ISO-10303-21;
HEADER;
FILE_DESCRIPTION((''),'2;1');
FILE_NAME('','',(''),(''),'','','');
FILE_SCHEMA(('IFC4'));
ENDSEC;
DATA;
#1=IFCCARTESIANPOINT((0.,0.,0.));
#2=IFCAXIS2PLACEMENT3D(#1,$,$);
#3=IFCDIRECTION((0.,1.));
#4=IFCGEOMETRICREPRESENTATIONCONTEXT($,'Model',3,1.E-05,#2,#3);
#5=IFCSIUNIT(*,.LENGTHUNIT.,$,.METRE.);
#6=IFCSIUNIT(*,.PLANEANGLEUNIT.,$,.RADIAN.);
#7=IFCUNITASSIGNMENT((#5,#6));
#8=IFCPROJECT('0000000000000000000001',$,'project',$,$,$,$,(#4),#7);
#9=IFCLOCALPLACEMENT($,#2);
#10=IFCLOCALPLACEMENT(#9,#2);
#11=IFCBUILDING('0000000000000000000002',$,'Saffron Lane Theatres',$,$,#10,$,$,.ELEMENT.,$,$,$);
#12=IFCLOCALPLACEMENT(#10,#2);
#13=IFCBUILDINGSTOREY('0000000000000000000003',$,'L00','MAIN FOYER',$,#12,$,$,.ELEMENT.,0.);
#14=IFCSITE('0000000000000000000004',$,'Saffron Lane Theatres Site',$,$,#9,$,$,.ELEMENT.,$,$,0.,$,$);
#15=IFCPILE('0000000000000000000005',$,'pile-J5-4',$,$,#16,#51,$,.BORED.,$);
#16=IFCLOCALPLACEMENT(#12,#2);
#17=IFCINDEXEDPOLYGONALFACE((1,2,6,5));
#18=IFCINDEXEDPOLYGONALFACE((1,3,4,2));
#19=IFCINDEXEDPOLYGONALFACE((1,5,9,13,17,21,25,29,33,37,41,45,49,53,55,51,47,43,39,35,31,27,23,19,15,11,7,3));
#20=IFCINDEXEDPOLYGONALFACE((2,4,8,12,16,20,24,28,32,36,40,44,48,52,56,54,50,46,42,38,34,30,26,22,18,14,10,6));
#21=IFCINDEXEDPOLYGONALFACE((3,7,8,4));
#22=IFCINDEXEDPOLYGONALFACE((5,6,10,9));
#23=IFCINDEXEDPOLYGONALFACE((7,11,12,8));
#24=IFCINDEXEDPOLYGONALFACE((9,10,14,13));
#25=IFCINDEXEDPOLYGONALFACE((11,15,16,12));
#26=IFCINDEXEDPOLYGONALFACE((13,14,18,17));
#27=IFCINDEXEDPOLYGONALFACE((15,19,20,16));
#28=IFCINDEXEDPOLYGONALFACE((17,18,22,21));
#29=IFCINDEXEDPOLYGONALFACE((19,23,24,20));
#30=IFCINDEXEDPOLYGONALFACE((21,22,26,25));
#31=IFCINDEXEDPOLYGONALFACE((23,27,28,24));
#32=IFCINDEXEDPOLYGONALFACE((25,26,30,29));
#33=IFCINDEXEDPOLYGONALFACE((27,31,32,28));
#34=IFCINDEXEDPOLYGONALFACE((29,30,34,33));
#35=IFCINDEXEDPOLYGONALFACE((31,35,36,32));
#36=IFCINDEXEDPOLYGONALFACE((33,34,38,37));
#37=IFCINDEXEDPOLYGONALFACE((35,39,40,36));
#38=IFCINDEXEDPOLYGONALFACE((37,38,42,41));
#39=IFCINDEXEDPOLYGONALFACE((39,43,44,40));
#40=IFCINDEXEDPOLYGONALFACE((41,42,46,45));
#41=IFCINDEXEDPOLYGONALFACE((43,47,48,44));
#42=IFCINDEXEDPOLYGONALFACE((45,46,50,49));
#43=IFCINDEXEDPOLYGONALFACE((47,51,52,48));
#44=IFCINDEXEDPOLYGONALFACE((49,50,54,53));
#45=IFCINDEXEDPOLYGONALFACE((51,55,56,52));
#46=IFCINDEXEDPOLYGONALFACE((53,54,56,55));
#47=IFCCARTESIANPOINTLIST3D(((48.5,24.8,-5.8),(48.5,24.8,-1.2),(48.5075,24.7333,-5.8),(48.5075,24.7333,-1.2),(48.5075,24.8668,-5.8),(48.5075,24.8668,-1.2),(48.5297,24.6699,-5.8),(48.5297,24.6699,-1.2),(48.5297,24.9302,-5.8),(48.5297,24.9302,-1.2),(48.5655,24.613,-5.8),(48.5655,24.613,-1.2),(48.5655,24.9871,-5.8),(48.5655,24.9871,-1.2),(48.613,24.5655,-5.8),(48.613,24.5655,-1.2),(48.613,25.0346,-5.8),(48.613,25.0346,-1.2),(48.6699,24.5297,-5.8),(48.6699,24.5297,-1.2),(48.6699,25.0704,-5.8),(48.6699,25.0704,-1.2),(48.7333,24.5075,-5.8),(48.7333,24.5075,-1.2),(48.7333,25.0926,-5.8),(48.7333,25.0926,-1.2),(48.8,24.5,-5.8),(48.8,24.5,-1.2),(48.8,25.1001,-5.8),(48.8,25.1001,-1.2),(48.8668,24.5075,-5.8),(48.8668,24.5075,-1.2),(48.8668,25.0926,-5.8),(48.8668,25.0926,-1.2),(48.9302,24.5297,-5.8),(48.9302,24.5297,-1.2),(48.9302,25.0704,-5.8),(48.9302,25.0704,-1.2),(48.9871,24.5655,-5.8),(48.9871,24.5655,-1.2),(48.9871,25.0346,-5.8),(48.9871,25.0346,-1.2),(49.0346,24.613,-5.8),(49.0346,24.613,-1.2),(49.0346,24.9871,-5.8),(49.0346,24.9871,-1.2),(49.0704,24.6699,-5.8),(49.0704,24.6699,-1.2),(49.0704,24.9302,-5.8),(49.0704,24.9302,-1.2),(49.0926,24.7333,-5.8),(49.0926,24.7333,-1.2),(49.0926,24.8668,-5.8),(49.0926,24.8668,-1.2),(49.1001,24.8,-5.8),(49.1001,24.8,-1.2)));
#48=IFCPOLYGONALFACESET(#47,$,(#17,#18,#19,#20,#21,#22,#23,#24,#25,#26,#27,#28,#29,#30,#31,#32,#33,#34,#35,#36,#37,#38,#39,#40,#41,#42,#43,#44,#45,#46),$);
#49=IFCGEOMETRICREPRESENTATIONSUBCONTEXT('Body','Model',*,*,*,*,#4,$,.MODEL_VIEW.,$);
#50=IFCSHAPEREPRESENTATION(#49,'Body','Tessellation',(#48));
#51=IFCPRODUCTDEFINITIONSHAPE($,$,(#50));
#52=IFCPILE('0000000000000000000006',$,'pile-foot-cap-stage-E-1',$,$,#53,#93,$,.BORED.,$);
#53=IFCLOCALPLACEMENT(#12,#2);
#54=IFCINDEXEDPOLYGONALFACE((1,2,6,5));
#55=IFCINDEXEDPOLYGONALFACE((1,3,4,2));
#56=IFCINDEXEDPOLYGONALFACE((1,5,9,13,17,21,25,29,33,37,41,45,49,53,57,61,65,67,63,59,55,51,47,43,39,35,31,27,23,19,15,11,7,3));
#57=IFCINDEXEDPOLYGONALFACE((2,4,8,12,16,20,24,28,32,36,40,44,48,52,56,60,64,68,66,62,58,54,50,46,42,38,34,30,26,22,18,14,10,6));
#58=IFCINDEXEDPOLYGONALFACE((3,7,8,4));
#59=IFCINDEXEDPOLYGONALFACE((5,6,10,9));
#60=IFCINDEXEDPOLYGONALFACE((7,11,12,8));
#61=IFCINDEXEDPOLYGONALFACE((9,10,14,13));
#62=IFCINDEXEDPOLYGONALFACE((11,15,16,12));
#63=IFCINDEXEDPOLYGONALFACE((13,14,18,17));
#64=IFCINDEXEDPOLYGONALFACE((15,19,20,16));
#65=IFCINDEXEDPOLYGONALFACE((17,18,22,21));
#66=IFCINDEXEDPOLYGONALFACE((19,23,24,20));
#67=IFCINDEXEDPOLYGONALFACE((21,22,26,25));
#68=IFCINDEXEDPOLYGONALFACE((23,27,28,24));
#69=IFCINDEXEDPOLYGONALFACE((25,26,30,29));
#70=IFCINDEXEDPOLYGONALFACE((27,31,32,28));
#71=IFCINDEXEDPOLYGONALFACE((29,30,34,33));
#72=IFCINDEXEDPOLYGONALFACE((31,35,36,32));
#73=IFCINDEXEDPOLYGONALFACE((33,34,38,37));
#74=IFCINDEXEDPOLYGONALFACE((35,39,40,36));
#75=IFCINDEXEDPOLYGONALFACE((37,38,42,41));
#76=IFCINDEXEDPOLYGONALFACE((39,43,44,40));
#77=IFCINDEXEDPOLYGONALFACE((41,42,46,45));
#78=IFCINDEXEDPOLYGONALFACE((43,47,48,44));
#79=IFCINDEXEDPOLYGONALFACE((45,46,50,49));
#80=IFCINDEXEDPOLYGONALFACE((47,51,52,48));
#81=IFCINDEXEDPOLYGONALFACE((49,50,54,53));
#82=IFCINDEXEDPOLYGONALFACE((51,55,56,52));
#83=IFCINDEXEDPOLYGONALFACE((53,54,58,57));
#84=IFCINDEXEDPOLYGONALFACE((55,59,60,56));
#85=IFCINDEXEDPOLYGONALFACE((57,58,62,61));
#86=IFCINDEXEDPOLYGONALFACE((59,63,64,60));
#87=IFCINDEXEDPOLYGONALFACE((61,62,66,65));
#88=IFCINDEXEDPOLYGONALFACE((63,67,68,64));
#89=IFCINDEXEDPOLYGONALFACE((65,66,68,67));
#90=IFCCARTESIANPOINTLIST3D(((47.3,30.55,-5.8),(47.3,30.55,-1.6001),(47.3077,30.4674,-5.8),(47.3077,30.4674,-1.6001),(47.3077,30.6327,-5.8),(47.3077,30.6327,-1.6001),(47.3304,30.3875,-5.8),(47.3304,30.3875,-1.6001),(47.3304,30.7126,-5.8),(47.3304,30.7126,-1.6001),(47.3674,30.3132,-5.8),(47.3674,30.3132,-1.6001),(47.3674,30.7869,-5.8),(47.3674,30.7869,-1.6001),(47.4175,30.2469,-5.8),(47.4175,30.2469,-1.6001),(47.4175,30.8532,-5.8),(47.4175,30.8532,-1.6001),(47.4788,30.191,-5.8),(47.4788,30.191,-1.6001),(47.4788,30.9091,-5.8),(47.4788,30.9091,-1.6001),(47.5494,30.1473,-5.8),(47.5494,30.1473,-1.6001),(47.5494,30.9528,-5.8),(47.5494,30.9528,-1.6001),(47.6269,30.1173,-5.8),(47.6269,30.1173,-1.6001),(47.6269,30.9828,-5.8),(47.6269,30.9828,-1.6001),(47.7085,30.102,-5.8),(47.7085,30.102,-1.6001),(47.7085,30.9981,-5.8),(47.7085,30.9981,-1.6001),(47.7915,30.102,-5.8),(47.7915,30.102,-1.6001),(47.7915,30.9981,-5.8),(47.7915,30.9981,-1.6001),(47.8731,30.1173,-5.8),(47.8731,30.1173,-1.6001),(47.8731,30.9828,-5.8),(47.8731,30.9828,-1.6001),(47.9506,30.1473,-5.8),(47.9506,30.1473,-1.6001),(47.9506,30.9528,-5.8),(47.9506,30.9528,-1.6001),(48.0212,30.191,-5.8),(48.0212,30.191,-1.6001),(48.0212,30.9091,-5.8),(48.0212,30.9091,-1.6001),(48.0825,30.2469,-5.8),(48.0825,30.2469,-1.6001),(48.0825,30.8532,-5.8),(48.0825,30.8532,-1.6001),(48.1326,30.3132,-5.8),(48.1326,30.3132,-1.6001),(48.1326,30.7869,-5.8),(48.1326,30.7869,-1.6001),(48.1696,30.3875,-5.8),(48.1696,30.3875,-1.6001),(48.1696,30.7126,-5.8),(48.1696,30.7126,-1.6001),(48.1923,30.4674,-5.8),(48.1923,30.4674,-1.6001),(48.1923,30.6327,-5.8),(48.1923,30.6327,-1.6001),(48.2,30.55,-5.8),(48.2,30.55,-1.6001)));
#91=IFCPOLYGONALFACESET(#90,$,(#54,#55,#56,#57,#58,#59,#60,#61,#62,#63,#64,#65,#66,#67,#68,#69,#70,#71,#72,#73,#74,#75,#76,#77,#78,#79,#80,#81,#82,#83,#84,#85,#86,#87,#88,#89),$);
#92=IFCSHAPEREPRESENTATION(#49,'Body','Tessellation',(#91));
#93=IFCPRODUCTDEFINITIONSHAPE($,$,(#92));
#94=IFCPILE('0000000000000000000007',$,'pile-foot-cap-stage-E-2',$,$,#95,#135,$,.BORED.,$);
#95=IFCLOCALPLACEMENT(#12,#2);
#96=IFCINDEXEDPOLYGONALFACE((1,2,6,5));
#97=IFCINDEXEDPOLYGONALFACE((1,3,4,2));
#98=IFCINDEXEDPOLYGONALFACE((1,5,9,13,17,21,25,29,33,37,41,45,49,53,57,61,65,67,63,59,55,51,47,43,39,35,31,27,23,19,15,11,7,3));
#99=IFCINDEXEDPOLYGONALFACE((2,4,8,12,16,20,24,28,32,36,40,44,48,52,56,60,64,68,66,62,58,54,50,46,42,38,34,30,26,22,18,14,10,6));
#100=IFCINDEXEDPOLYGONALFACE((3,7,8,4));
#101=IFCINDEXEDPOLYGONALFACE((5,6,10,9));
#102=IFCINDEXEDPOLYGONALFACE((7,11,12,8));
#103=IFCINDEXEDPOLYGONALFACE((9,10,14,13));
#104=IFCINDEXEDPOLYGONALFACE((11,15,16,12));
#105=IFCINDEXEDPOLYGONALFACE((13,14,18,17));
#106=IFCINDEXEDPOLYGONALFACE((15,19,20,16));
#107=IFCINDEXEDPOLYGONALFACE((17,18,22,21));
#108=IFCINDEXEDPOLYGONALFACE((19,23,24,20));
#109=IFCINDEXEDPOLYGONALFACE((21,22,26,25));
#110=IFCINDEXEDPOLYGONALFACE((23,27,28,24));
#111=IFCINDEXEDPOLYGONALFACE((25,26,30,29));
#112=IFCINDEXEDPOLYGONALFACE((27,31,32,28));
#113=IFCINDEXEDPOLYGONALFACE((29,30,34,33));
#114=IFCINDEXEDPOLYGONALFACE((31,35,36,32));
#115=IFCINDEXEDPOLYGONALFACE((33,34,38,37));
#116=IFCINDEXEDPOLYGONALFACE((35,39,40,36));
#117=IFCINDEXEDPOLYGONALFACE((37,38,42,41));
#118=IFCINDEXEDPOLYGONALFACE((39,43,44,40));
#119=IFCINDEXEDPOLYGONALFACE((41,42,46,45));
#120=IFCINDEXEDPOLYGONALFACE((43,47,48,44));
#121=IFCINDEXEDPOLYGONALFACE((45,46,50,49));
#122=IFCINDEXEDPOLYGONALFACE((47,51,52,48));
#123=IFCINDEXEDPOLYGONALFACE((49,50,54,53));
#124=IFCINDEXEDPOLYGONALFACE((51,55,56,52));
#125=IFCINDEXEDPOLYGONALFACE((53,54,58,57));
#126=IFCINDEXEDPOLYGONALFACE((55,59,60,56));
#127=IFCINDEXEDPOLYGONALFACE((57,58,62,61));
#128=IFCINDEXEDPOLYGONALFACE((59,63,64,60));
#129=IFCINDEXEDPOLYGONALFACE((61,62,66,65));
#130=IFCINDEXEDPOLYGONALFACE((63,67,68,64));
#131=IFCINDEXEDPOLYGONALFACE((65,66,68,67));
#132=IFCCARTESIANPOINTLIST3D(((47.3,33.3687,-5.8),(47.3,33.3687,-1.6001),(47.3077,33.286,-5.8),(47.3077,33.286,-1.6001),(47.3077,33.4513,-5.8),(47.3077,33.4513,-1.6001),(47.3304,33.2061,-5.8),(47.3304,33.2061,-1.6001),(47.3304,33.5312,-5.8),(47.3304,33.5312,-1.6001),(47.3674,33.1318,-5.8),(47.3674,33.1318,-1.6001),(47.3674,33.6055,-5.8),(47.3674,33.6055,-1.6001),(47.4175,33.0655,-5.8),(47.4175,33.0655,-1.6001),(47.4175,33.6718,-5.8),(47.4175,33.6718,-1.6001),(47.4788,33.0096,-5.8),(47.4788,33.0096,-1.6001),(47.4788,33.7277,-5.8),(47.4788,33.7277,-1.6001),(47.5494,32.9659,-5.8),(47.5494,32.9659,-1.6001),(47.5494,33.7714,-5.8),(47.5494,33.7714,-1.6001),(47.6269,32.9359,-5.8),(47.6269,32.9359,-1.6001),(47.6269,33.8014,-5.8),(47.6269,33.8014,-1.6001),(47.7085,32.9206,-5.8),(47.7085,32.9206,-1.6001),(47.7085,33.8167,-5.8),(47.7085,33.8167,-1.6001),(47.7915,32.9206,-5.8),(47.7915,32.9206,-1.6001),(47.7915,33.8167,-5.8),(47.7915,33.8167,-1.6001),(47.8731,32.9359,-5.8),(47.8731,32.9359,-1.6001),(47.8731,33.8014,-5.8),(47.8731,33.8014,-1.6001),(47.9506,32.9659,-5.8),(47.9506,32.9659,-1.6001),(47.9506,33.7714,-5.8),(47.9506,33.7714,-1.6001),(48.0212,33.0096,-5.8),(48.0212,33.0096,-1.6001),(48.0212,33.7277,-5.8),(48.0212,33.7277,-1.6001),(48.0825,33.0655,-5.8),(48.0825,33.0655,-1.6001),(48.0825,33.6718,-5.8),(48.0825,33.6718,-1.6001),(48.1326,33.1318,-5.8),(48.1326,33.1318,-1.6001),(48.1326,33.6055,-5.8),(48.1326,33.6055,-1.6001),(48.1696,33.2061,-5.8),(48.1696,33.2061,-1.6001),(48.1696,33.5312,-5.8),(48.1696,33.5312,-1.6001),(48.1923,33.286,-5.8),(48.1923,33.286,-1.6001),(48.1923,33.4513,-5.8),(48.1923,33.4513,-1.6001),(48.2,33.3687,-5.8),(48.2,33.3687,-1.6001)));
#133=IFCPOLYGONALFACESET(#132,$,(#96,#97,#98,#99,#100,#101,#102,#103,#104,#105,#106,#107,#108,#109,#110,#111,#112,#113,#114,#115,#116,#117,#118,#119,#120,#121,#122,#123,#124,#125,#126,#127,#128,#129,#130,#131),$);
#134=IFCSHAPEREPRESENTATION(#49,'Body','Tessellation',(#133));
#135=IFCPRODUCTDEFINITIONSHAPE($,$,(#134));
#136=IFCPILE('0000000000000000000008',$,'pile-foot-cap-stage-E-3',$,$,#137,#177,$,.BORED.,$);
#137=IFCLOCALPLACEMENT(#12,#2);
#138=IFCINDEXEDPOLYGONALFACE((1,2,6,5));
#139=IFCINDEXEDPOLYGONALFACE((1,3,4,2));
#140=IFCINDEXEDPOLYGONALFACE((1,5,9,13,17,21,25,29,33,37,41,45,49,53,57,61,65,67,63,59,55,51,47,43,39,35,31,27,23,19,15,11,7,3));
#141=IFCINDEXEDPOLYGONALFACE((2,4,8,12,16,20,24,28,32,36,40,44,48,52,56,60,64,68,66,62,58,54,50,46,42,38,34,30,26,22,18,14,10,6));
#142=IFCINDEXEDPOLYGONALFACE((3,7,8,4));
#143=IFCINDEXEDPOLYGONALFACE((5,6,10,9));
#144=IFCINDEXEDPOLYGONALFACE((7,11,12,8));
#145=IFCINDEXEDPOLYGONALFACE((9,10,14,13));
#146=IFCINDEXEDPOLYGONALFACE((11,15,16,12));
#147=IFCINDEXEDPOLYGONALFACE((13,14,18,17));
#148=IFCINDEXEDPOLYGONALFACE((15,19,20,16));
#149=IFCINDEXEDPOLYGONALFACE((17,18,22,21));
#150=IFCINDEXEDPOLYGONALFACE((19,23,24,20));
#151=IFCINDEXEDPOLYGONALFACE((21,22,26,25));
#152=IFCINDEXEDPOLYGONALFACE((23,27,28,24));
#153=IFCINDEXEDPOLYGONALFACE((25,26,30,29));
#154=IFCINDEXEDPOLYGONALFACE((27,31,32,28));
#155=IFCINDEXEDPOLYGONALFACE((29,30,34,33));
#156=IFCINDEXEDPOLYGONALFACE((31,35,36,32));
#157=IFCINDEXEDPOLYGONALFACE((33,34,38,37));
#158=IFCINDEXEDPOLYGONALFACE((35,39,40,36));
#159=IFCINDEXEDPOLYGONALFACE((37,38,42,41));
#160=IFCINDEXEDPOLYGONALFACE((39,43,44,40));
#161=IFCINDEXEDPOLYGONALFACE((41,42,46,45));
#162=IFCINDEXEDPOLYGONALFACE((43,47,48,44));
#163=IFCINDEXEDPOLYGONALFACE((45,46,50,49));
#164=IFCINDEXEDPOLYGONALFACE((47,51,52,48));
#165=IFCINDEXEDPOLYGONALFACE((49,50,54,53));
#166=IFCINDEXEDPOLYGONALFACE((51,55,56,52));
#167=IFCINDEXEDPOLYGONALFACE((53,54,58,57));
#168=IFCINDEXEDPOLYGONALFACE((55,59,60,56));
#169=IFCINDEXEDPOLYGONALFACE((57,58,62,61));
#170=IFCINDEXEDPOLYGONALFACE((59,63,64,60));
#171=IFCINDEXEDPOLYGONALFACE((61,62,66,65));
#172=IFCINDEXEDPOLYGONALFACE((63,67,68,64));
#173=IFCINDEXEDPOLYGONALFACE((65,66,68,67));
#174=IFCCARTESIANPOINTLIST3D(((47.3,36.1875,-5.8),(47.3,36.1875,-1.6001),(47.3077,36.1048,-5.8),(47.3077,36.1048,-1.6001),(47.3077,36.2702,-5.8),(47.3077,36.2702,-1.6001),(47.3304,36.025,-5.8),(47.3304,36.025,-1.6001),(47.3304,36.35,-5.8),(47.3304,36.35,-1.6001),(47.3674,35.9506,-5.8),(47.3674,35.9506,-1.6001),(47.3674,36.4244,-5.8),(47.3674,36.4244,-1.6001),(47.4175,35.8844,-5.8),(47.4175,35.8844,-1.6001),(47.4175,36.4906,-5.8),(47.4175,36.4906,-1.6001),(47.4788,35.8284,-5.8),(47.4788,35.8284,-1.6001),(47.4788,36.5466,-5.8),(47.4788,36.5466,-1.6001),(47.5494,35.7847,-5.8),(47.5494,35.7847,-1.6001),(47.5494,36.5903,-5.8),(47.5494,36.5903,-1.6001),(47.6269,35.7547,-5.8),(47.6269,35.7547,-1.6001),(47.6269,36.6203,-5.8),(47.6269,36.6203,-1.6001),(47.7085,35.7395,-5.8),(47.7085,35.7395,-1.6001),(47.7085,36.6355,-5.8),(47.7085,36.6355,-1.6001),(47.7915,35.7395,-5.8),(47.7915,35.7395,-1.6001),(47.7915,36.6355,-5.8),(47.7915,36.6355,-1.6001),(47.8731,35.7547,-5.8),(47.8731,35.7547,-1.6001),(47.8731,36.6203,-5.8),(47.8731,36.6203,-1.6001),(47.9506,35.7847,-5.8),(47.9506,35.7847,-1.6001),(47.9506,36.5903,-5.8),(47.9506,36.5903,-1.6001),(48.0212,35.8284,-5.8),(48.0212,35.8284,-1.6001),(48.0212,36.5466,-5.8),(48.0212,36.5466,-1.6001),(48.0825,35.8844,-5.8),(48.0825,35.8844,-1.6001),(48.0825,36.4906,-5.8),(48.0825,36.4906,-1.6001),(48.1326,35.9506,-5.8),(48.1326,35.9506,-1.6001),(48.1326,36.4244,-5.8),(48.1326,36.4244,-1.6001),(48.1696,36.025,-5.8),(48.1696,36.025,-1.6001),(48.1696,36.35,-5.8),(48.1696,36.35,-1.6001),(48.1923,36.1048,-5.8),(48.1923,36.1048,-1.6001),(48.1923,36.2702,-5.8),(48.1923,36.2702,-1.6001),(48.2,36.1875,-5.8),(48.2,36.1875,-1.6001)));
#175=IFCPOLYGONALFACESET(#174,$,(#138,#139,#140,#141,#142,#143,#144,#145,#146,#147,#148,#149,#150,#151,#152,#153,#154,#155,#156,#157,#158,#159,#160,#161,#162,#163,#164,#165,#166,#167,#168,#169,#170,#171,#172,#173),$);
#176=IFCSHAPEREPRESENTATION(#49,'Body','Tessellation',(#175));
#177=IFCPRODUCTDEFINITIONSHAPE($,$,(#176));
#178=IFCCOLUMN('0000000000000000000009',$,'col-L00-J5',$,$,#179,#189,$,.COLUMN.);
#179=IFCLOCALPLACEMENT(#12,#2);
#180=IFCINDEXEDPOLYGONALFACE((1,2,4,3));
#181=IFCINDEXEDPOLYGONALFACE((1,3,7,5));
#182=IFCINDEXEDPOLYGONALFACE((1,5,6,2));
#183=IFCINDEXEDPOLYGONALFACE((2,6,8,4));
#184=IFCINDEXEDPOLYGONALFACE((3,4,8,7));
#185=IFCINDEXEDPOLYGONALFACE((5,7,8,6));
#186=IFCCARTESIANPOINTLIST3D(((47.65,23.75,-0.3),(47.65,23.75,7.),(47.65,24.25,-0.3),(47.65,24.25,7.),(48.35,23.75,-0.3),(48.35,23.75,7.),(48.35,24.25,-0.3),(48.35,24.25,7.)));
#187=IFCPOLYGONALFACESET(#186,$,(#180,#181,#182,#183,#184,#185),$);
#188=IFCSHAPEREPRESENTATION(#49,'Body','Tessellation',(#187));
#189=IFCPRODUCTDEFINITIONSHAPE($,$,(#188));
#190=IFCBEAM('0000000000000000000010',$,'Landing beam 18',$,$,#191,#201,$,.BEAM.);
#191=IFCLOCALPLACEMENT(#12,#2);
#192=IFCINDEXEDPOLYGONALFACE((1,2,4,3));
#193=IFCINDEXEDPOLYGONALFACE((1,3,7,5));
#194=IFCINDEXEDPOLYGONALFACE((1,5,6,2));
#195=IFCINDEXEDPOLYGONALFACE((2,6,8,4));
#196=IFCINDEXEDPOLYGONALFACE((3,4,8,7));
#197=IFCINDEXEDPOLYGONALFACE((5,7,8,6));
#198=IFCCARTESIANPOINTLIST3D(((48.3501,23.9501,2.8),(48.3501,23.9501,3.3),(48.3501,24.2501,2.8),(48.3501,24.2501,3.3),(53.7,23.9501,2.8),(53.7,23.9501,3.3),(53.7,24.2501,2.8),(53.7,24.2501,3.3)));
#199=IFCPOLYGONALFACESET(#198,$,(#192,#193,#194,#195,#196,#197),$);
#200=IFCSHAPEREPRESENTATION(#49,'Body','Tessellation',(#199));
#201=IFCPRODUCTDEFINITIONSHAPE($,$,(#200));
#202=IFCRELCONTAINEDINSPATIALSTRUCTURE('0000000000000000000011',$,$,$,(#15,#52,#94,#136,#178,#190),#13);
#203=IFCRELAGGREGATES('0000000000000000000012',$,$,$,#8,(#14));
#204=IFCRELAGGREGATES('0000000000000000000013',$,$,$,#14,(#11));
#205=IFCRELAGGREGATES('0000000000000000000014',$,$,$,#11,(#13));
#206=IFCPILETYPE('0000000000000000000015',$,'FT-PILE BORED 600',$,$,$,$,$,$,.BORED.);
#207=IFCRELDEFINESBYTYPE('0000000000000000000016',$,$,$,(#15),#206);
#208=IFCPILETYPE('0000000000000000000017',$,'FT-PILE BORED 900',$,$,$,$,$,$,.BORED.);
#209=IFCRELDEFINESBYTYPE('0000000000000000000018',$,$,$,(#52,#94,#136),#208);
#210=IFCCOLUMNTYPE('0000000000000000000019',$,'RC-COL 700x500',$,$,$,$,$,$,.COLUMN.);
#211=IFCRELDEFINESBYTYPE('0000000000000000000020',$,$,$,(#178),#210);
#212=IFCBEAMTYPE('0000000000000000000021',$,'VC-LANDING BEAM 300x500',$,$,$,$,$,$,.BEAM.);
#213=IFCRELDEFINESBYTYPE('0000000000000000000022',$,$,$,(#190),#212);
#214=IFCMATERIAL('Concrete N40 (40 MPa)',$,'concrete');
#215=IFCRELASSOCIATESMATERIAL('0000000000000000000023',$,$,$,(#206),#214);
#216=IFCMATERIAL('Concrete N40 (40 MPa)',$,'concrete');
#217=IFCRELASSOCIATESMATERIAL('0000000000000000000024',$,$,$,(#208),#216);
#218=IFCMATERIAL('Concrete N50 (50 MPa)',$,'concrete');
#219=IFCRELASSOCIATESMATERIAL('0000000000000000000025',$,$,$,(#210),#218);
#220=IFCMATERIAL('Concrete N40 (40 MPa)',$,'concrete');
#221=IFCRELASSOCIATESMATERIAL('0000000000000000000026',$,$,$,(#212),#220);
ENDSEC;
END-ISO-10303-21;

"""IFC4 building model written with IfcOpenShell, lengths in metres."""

from ifc_helpers import new_model, si_unit, direction, frame, origin, origin_2d, place, context, subcontext, project, spatial, rectangle, circle, extrude, material, material_profile, profile_set, type_object, element, save


model = new_model("IFC4")

# Units and contexts
model_context = context("Model", 3, precision=1e-05, world=origin(), true_north=direction((0.0, 1.0)))
body_context = subcontext(model_context, "Body", "Model", "MODEL_VIEW")
ifc_project = project(units=[si_unit("LENGTHUNIT", "METRE"), si_unit("PLANEANGLEUNIT", "RADIAN")], contexts=[model_context])

# Site, building, storey
site_placement = place(None, origin())
site = spatial("IfcSite", under=ifc_project, at=site_placement, Name="Saffron Lane Theatres Site", CompositionType="ELEMENT", RefElevation=0.0)
building_placement = place(site_placement, origin())
building = spatial("IfcBuilding", under=site, at=building_placement, Name="Saffron Lane Theatres", CompositionType="ELEMENT")
storey_placement = place(building_placement, origin())
storey = spatial("IfcBuildingStorey", under=building, at=storey_placement, Name="L00", Description="MAIN FOYER", CompositionType="ELEMENT", Elevation=0.0)

# Piles
ifc_material_1 = material(Name="Concrete N40 (40 MPa)", Category="concrete")
ifc_material_profile_1 = material_profile(ifc_material_1, circle(Radius=0.3, at=origin_2d()))
ifc_profile_set_1 = profile_set([ifc_material_profile_1], Name="Concrete N40 (40 MPa)")
pile_type_1 = type_object("IfcPileType", Name="FT-PILE BORED 600", PredefinedType="BORED", material=ifc_profile_set_1)
for number, where, z_axis, x_axis, name in (
    (1, (48.8, 24.8, -1.2), (0.0, 0.0, -1.0), (1.0, 0.0, 0.0), "pile-J5-4"),
):
    element("IfcPile", number, at=place(storey_placement, frame(where, z_axis=z_axis, x_axis=x_axis)), inside=storey, type_object=pile_type_1, Name=name, PredefinedType="BORED", context=body_context, shape_type="SweptSolid", body=[
        extrude(circle(Radius=0.3, at=origin_2d()), origin(), (0.0, 0.0, 1.0), 4.6001),
    ])
ifc_material_2 = material(Name="Concrete N40 (40 MPa)", Category="concrete")
ifc_material_profile_2 = material_profile(ifc_material_2, circle(Radius=0.45, at=origin_2d()))
ifc_profile_set_2 = profile_set([ifc_material_profile_2], Name="Concrete N40 (40 MPa)")
pile_type_2 = type_object("IfcPileType", Name="FT-PILE BORED 900", PredefinedType="BORED", material=ifc_profile_set_2)
for number, where, z_axis, x_axis, name in (
    (2, (47.75, 30.55, -1.6001), (0.0, 0.0, -1.0), (1.0, 0.0, 0.0), "pile-foot-cap-stage-E-1"),
    (3, (47.75, 33.3687, -1.6001), (0.0, 0.0, -1.0), (1.0, 0.0, 0.0), "pile-foot-cap-stage-E-2"),
    (4, (47.75, 36.1875, -1.6001), (0.0, 0.0, -1.0), (1.0, 0.0, 0.0), "pile-foot-cap-stage-E-3"),
):
    element("IfcPile", number, at=place(storey_placement, frame(where, z_axis=z_axis, x_axis=x_axis)), inside=storey, type_object=pile_type_2, Name=name, PredefinedType="BORED", context=body_context, shape_type="SweptSolid", body=[
        extrude(circle(Radius=0.45, at=origin_2d()), origin(), (0.0, 0.0, 1.0), 4.2),
    ])

# Column
ifc_material_3 = material(Name="Concrete N50 (50 MPa)", Category="concrete")
ifc_material_profile_3 = material_profile(ifc_material_3, rectangle(XDim=0.7, YDim=0.5, at=origin_2d()))
ifc_profile_set_3 = profile_set([ifc_material_profile_3], Name="Concrete N50 (50 MPa)")
column_type = type_object("IfcColumnType", Name="RC-COL 700x500", PredefinedType="COLUMN", material=ifc_profile_set_3)
column_placement = place(storey_placement, frame((48.0, 24.0, -0.3), z_axis=(0.0, 0.0, 1.0), x_axis=(1.0, 0.0, 0.0)))
element("IfcColumn", 5, at=column_placement, inside=storey, type_object=column_type, Name="col-L00-J5", PredefinedType="COLUMN", context=body_context, shape_type="SweptSolid", body=[
    extrude(rectangle(XDim=0.7, YDim=0.5, at=origin_2d()), origin(), (0.0, 0.0, 1.0), 7.3),
])

# Beam
ifc_material_4 = material(Name="Concrete N40 (40 MPa)", Category="concrete")
ifc_material_profile_4 = material_profile(ifc_material_4, rectangle(XDim=0.3, YDim=0.5, at=origin_2d()))
ifc_profile_set_4 = profile_set([ifc_material_profile_4], Name="Concrete N40 (40 MPa)")
beam_type = type_object("IfcBeamType", Name="VC-LANDING BEAM 300x500", PredefinedType="BEAM", material=ifc_profile_set_4)
beam_placement = place(storey_placement, frame((48.3501, 24.1001, 3.05), z_axis=(1.0, 0.0, 0.0), x_axis=(0.0, 1.0, 0.0)))
element("IfcBeam", 6, at=beam_placement, inside=storey, type_object=beam_type, Name="Landing beam 18", PredefinedType="BEAM", context=body_context, shape_type="SweptSolid", body=[
    extrude(rectangle(XDim=0.3, YDim=0.5, at=origin_2d()), origin(), (0.0, 0.0, 1.0), 5.3499),
])

save(model, "model.ifc")
